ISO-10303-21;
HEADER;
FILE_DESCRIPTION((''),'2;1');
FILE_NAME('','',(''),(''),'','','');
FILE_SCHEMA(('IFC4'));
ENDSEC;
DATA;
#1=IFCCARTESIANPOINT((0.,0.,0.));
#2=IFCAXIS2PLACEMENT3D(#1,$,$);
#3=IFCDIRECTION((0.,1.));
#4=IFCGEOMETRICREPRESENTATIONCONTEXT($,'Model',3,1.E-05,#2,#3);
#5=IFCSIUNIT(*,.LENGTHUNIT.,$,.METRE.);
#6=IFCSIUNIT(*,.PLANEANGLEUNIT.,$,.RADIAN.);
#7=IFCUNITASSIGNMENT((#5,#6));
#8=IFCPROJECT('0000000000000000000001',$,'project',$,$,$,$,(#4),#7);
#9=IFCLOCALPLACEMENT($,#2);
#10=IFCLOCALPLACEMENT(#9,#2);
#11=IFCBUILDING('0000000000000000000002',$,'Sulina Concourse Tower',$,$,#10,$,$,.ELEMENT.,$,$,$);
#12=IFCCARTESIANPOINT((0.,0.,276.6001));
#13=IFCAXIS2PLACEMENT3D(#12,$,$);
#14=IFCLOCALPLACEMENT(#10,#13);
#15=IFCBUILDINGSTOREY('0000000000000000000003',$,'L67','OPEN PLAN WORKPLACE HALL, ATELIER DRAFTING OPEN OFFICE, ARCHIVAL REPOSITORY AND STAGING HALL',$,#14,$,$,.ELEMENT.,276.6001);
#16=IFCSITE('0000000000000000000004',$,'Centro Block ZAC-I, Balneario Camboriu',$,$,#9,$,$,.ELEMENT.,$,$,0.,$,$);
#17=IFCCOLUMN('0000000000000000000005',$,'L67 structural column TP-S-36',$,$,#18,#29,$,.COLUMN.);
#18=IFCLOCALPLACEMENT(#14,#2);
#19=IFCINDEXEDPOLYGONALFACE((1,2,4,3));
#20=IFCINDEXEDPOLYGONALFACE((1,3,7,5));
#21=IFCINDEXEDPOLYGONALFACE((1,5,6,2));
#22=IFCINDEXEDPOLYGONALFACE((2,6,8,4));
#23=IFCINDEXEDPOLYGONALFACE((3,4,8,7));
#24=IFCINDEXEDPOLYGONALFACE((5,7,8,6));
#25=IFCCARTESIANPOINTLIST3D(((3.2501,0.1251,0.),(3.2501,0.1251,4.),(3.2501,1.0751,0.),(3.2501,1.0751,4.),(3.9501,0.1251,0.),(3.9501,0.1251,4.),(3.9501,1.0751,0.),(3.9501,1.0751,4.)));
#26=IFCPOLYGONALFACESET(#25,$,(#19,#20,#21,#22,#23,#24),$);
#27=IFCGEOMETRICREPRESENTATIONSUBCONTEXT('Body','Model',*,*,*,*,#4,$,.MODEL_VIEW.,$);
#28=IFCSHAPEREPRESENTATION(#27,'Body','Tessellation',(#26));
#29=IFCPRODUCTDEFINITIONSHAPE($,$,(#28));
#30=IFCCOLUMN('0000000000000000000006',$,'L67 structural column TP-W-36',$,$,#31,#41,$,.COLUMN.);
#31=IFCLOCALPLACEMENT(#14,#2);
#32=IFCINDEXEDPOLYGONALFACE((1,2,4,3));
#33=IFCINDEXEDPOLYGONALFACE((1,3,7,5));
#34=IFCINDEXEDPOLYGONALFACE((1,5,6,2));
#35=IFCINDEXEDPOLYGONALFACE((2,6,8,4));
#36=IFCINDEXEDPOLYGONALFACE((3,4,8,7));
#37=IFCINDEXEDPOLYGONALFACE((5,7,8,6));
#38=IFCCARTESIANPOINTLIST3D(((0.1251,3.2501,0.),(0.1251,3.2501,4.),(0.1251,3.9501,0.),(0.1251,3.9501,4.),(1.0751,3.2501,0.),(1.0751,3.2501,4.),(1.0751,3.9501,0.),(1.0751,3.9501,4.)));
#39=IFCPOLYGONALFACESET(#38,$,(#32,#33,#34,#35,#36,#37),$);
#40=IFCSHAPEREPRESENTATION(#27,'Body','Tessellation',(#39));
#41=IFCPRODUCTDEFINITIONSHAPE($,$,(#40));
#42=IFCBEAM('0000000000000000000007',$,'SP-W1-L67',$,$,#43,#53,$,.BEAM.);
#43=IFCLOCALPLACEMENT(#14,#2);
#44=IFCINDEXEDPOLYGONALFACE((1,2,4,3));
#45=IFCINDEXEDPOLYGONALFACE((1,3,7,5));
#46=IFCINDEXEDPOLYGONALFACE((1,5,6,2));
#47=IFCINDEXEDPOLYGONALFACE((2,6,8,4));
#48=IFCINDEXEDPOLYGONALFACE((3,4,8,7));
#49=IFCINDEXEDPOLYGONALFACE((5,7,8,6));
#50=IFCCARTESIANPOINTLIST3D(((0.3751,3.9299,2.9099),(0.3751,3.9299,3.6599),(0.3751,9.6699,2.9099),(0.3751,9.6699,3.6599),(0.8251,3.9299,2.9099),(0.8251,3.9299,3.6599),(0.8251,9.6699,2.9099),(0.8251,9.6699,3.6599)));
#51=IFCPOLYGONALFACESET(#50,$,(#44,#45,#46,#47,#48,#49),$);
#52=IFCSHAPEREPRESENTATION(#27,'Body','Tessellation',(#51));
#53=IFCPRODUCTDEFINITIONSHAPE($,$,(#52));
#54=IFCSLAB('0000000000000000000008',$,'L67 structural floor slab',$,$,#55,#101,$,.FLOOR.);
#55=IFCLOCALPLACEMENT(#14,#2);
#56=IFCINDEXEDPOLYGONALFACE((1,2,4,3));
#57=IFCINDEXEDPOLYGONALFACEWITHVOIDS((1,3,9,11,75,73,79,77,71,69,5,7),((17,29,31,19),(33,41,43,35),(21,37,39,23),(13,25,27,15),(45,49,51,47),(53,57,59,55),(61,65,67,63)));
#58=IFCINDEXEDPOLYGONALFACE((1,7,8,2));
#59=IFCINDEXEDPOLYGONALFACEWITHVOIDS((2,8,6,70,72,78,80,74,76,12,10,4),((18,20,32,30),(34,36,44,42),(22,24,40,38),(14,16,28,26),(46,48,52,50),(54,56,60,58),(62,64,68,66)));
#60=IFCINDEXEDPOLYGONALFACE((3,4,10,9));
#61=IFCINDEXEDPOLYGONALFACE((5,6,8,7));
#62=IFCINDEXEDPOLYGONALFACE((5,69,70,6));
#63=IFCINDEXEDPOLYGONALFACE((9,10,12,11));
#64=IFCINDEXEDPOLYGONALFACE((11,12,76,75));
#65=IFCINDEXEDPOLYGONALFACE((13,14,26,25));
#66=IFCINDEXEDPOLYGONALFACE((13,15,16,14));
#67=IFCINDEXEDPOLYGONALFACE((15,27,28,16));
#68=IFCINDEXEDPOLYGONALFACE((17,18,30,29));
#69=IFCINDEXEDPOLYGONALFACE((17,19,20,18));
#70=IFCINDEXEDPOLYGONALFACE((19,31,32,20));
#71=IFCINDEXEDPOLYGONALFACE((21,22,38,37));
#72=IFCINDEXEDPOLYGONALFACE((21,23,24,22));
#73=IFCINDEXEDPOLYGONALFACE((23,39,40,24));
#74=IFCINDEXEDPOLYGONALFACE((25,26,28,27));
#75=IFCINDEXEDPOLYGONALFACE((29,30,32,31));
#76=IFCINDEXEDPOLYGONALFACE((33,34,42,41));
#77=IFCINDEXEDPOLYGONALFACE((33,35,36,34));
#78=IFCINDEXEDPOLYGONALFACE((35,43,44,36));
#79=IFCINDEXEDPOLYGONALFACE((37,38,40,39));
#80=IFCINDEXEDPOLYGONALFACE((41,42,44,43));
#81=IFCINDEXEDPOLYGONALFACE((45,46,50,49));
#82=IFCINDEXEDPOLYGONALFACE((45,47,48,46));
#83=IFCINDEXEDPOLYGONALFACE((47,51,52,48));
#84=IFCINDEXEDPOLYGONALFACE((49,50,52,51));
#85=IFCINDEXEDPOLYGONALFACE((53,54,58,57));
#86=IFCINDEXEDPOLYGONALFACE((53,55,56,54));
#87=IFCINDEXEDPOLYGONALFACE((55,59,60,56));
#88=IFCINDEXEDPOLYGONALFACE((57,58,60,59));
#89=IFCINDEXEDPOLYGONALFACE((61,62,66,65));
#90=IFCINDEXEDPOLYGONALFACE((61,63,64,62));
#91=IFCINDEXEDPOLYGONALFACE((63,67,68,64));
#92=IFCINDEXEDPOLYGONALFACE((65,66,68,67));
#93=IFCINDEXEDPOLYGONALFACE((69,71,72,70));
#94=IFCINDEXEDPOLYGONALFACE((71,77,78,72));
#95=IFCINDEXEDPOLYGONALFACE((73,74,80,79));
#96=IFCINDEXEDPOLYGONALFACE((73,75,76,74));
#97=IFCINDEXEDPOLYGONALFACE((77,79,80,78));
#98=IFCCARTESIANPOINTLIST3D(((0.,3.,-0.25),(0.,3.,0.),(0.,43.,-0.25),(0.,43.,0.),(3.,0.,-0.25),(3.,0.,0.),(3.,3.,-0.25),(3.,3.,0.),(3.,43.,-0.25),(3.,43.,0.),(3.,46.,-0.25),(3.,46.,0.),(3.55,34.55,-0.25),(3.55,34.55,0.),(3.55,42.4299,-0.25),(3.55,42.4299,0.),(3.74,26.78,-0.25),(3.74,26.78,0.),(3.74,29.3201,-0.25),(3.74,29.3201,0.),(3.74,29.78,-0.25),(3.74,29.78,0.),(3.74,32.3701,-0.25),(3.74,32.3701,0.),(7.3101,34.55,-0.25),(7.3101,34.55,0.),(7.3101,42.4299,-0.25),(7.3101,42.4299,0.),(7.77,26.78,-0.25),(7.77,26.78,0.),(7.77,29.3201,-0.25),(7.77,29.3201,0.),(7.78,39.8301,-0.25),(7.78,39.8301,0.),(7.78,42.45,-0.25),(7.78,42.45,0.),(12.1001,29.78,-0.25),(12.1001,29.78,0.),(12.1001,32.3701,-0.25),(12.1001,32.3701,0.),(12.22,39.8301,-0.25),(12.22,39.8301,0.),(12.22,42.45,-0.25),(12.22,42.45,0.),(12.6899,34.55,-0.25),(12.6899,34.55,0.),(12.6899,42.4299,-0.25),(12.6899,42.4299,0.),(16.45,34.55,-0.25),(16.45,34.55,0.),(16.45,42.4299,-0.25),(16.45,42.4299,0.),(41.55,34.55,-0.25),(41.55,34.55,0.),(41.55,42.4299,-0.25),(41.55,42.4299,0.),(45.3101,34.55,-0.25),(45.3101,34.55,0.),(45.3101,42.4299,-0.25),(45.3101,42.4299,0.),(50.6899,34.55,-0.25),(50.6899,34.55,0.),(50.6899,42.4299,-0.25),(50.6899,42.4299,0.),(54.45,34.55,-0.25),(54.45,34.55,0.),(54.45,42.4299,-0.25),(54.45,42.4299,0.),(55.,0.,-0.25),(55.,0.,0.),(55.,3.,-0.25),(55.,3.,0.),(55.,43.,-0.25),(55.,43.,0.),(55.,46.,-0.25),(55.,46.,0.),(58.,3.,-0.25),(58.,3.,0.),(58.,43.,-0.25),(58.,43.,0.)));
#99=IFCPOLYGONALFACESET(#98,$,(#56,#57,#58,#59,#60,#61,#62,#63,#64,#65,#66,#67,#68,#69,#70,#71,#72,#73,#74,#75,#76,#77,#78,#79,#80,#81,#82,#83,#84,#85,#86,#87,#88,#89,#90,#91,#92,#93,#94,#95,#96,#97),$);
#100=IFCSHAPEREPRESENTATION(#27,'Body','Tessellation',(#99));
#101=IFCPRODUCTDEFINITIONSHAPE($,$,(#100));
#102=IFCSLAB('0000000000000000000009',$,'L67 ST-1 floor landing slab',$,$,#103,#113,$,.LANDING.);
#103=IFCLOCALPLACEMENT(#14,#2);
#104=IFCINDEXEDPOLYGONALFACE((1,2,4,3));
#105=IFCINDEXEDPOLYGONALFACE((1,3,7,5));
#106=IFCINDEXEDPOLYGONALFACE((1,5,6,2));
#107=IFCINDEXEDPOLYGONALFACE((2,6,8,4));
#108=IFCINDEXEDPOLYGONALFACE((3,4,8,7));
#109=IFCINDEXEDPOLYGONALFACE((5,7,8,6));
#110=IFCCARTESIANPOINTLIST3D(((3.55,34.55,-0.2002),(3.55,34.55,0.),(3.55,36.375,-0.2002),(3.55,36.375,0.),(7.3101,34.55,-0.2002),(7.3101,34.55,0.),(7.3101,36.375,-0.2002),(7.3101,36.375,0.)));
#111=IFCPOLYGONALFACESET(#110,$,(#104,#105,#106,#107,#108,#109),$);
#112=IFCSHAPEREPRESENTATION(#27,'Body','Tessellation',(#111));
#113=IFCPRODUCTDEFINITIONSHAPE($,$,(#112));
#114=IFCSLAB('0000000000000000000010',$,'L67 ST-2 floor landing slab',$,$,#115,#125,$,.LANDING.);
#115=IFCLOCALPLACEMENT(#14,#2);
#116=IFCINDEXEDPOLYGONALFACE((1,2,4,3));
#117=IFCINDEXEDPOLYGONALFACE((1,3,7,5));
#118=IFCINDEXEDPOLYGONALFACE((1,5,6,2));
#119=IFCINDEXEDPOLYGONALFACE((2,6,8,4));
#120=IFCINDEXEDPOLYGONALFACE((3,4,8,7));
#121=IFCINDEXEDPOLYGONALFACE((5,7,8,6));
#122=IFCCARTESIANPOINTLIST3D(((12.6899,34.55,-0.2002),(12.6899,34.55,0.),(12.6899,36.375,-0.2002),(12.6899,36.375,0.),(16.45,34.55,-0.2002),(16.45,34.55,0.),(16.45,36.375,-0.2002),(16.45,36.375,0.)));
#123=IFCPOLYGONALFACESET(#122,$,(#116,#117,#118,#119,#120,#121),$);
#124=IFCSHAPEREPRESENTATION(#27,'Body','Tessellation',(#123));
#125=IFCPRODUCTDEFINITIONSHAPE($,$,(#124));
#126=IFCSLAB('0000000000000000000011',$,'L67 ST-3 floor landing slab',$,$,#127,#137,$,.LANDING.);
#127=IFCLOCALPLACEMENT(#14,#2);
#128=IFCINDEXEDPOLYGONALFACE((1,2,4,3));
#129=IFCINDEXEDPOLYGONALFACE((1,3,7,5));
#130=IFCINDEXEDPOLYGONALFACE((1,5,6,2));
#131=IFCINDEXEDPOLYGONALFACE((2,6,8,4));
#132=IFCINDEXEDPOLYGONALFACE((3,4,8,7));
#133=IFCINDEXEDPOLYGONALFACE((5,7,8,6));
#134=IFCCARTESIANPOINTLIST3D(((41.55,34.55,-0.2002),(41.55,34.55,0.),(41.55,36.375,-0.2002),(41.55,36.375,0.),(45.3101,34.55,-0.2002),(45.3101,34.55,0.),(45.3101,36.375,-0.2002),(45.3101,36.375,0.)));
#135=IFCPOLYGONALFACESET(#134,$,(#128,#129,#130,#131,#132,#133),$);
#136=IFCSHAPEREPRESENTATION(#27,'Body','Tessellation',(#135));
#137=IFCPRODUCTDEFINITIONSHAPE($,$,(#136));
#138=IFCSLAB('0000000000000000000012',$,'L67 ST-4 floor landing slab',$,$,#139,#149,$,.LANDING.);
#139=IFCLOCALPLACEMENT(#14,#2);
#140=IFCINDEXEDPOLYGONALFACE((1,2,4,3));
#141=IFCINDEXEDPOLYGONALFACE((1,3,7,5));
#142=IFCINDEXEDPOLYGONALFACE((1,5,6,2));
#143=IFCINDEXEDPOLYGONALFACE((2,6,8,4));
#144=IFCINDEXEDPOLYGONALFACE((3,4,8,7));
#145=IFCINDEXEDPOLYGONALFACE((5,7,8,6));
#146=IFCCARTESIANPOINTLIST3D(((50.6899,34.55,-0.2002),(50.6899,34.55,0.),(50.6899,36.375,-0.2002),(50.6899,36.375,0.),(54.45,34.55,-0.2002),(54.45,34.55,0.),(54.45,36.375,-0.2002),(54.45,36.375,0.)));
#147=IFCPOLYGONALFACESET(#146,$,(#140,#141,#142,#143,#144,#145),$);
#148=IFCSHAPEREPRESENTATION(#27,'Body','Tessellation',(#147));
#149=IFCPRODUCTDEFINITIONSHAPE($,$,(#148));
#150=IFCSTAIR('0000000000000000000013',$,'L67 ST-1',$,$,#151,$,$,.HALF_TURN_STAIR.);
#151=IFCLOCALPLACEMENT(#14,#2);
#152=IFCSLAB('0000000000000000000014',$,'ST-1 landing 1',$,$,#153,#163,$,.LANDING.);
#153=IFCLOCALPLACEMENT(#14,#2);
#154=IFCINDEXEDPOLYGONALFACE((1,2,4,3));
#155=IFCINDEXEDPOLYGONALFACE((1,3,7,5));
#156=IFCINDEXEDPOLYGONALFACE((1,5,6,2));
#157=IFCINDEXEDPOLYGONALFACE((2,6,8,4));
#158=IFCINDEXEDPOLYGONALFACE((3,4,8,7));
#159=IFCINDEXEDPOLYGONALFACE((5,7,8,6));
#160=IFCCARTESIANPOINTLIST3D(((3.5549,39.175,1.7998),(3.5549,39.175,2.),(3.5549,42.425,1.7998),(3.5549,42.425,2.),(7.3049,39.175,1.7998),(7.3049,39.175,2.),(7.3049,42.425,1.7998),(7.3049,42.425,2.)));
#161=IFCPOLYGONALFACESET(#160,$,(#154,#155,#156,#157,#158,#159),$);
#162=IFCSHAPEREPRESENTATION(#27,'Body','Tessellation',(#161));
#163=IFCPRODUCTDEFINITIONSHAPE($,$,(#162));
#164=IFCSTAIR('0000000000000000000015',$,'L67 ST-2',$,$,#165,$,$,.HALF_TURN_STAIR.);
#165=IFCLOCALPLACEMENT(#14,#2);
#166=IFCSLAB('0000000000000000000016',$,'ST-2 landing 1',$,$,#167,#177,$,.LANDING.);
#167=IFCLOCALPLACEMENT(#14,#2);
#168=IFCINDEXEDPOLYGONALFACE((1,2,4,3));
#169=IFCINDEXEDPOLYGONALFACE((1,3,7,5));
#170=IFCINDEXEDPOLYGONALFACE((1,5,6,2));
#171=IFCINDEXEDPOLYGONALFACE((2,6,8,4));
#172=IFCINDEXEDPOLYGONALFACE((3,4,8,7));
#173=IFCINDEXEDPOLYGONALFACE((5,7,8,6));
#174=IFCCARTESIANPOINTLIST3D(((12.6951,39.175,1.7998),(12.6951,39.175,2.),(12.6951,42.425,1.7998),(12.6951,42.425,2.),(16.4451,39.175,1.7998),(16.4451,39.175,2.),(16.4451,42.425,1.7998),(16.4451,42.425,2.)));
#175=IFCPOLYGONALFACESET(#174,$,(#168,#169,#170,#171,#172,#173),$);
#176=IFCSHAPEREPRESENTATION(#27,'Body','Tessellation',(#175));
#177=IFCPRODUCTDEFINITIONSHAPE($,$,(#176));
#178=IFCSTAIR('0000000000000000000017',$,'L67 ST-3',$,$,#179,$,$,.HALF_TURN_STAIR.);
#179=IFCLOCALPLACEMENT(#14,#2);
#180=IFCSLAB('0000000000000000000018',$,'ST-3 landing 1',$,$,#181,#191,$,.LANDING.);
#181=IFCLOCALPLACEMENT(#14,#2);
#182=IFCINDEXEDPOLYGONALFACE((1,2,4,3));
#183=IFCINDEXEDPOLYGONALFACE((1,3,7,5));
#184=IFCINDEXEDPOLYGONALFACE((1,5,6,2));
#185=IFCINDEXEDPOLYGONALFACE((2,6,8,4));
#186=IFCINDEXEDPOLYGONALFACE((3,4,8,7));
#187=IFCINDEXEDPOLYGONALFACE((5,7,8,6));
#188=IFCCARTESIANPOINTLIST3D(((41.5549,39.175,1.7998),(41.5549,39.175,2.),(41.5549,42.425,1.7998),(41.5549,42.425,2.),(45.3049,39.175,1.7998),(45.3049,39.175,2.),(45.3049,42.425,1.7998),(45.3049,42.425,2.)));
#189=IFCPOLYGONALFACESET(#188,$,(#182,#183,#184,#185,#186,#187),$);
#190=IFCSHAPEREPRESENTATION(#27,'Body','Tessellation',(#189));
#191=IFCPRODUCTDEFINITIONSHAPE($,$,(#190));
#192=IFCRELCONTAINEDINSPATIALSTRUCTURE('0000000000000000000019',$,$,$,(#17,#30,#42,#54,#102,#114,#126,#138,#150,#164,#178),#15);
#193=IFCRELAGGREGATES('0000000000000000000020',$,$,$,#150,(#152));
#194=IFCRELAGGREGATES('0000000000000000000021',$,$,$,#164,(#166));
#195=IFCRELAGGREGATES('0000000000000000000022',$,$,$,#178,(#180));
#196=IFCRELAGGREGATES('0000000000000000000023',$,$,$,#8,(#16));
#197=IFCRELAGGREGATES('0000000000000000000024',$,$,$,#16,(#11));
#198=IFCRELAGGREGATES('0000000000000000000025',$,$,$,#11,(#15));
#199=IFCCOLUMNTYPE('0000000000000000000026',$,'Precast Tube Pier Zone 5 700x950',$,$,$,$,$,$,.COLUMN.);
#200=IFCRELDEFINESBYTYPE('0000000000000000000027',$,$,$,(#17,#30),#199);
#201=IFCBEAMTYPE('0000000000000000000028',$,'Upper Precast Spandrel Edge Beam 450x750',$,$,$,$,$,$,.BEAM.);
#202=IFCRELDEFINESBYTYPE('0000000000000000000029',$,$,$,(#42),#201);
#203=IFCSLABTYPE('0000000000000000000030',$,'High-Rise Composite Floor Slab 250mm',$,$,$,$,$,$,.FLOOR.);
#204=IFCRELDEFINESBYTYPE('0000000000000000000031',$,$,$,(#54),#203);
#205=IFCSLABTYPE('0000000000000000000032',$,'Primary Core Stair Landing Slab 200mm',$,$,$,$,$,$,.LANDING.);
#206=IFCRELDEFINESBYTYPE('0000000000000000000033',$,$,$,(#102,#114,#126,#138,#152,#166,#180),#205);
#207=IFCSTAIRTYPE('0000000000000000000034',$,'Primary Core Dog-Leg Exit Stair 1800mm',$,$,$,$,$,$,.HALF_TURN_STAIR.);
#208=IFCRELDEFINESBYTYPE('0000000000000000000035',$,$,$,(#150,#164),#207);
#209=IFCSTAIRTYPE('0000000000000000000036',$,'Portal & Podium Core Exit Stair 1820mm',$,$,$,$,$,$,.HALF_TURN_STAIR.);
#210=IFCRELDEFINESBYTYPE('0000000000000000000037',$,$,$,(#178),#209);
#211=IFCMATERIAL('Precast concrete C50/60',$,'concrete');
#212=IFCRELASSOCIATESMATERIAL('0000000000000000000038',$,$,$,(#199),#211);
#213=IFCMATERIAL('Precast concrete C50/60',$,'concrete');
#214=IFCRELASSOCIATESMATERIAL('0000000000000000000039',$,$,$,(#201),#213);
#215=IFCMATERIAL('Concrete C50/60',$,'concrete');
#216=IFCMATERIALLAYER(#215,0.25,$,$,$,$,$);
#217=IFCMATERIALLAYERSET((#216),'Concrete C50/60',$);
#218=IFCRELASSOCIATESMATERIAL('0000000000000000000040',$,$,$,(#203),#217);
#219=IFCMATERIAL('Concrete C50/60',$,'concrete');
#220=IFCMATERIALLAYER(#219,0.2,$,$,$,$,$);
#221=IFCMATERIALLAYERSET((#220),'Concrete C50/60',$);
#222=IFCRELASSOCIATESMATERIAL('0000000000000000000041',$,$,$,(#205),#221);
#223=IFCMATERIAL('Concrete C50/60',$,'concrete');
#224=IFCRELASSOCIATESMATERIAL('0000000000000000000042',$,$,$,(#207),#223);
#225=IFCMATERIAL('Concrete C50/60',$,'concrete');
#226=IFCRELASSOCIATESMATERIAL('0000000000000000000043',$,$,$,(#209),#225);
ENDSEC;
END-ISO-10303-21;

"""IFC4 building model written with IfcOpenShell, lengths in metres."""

from ifc_helpers import new_model, si_unit, direction, frame, origin, origin_2d, place, context, subcontext, project, spatial, polyline, rectangle, outline, extrude, material, layer, layer_set, material_profile, profile_set, type_object, element, aggregate, save


model = new_model("IFC4")

# Units and contexts
model_context = context("Model", 3, precision=1e-05, world=origin(), true_north=direction((0.0, 1.0)))
body_context = subcontext(model_context, "Body", "Model", "MODEL_VIEW")
ifc_project = project(units=[si_unit("LENGTHUNIT", "METRE"), si_unit("PLANEANGLEUNIT", "RADIAN")], contexts=[model_context])

# Site, building, storey
site_placement = place(None, origin())
site = spatial("IfcSite", under=ifc_project, at=site_placement, Name="Centro Block ZAC-I, Balneario Camboriu", CompositionType="ELEMENT", RefElevation=0.0)
building_placement = place(site_placement, origin())
building = spatial("IfcBuilding", under=site, at=building_placement, Name="Sulina Concourse Tower", CompositionType="ELEMENT")
storey_placement = place(building_placement, frame((0.0, 0.0, 276.6001)))
storey = spatial("IfcBuildingStorey", under=building, at=storey_placement, Name="L67", Description="OPEN PLAN WORKPLACE HALL, ATELIER DRAFTING OPEN OFFICE, ARCHIVAL REPOSITORY AND STAGING HALL", CompositionType="ELEMENT", Elevation=276.6001)

# Columns
ifc_material_1 = material(Name="Precast concrete C50/60", Category="concrete")
ifc_material_profile_1 = material_profile(ifc_material_1, rectangle(XDim=0.7, YDim=0.95, at=origin_2d()), Name="PC 700x950")
ifc_profile_set_1 = profile_set([ifc_material_profile_1], Name="Precast concrete C50/60")
column_type = type_object("IfcColumnType", Name="Precast Tube Pier Zone 5 700x950", PredefinedType="COLUMN", material=ifc_profile_set_1)
for number, where, z_axis, x_axis, name in (
    (1, (3.6001, 0.6001, 0.0), (0.0, 0.0, 1.0), (1.0, 0.0, 0.0), "L67 structural column TP-S-36"),
    (2, (0.6001, 3.6001, 0.0), (0.0, 0.0, 1.0), (0.0, 1.0, 0.0), "L67 structural column TP-W-36"),
):
    element("IfcColumn", number, at=place(storey_placement, frame(where, z_axis=z_axis, x_axis=x_axis)), inside=storey, type_object=column_type, Name=name, PredefinedType="COLUMN", context=body_context, shape_type="SweptSolid", body=[
        extrude(rectangle(XDim=0.7, YDim=0.95, at=origin_2d()), origin(), (0.0, 0.0, 1.0), 4.0),
    ])

# Beam
ifc_material_2 = material(Name="Precast concrete C50/60", Category="concrete")
ifc_material_profile_2 = material_profile(ifc_material_2, rectangle(XDim=0.45, YDim=0.75, at=origin_2d()), Name="RC 450x750")
ifc_profile_set_2 = profile_set([ifc_material_profile_2], Name="Precast concrete C50/60")
beam_type = type_object("IfcBeamType", Name="Upper Precast Spandrel Edge Beam 450x750", PredefinedType="BEAM", material=ifc_profile_set_2)
beam_placement = place(storey_placement, frame((0.6001, 3.9299, 3.2849), z_axis=(0.0, 1.0, 0.0), x_axis=(-1.0, 0.0, 0.0)))
element("IfcBeam", 3, at=beam_placement, inside=storey, type_object=beam_type, Name="SP-W1-L67", PredefinedType="BEAM", context=body_context, shape_type="SweptSolid", body=[
    extrude(rectangle(XDim=0.45, YDim=0.75, at=origin_2d()), origin(), (0.0, 0.0, 1.0), 5.74),
])

# Slabs
ifc_material_3 = material(Name="Concrete C50/60", Category="concrete")
ifc_layer_1 = layer(ifc_material_3, 0.25)
ifc_layer_set_1 = layer_set([ifc_layer_1], Name="Concrete C50/60")
slab_type_1 = type_object("IfcSlabType", Name="High-Rise Composite Floor Slab 250mm", PredefinedType="FLOOR", material=ifc_layer_set_1)
slab_1_placement = place(storey_placement, frame((0.0, 0.0, -0.25)))
element("IfcSlab", 4, at=slab_1_placement, inside=storey, type_object=slab_type_1, Name="L67 structural floor slab", PredefinedType="FLOOR", context=body_context, shape_type="SweptSolid", body=[
    extrude(outline(polyline([(3.0, 0.0), (55.0, 0.0), (55.0, 3.0), (58.0, 3.0), (58.0, 43.0), (55.0, 43.0), (55.0, 46.0), (3.0, 46.0), (3.0, 43.0), (0.0, 43.0), (0.0, 3.0), (3.0, 3.0), (3.0, 0.0)]), holes=[polyline([(7.3101, 34.55), (7.3101, 42.4299), (3.55, 42.4299), (3.55, 34.55), (7.3101, 34.55)]), polyline([(16.45, 34.55), (16.45, 42.4299), (12.6899, 42.4299), (12.6899, 34.55), (16.45, 34.55)]), polyline([(45.3101, 34.55), (45.3101, 42.4299), (41.55, 42.4299), (41.55, 34.55), (45.3101, 34.55)]), polyline([(54.45, 34.55), (54.45, 42.4299), (50.6899, 42.4299), (50.6899, 34.55), (54.45, 34.55)]), polyline([(7.78, 39.8301), (12.22, 39.8301), (12.22, 42.45), (7.78, 42.45), (7.78, 39.8301)]), polyline([(3.74, 26.78), (7.77, 26.78), (7.77, 29.3201), (3.74, 29.3201), (3.74, 26.78)]), polyline([(3.74, 29.78), (12.1001, 29.78), (12.1001, 32.3701), (3.74, 32.3701), (3.74, 29.78)])]), origin(), (0.0, 0.0, 1.0), 0.25),
])
ifc_material_4 = material(Name="Concrete C50/60", Category="concrete")
ifc_layer_2 = layer(ifc_material_4, 0.2)
ifc_layer_set_2 = layer_set([ifc_layer_2], Name="Concrete C50/60")
slab_type_2 = type_object("IfcSlabType", Name="Primary Core Stair Landing Slab 200mm", PredefinedType="LANDING", material=ifc_layer_set_2)
slab_2_placement = place(storey_placement, frame((0.0, 0.0, -0.2002)))
element("IfcSlab", 5, at=slab_2_placement, inside=storey, type_object=slab_type_2, Name="L67 ST-1 floor landing slab", PredefinedType="LANDING", context=body_context, shape_type="SweptSolid", body=[
    extrude(outline(polyline([(7.3101, 34.55), (7.3101, 36.375), (3.55, 36.375), (3.55, 34.55), (7.3101, 34.55)])), origin(), (0.0, 0.0, 1.0), 0.2002),
])
slab_3_placement = place(storey_placement, frame((0.0, 0.0, -0.2002)))
element("IfcSlab", 6, at=slab_3_placement, inside=storey, type_object=slab_type_2, Name="L67 ST-2 floor landing slab", PredefinedType="LANDING", context=body_context, shape_type="SweptSolid", body=[
    extrude(outline(polyline([(16.45, 34.55), (16.45, 36.375), (12.6899, 36.375), (12.6899, 34.55), (16.45, 34.55)])), origin(), (0.0, 0.0, 1.0), 0.2002),
])
slab_4_placement = place(storey_placement, frame((0.0, 0.0, -0.2002)))
element("IfcSlab", 7, at=slab_4_placement, inside=storey, type_object=slab_type_2, Name="L67 ST-3 floor landing slab", PredefinedType="LANDING", context=body_context, shape_type="SweptSolid", body=[
    extrude(outline(polyline([(45.3101, 34.55), (45.3101, 36.375), (41.55, 36.375), (41.55, 34.55), (45.3101, 34.55)])), origin(), (0.0, 0.0, 1.0), 0.2002),
])
slab_5_placement = place(storey_placement, frame((0.0, 0.0, -0.2002)))
element("IfcSlab", 8, at=slab_5_placement, inside=storey, type_object=slab_type_2, Name="L67 ST-4 floor landing slab", PredefinedType="LANDING", context=body_context, shape_type="SweptSolid", body=[
    extrude(outline(polyline([(54.45, 34.55), (54.45, 36.375), (50.6899, 36.375), (50.6899, 34.55), (54.45, 34.55)])), origin(), (0.0, 0.0, 1.0), 0.2002),
])

# Stairs, slabs
ifc_material_5 = material(Name="Concrete C50/60", Category="concrete")
stair_type_1 = type_object("IfcStairType", Name="Primary Core Dog-Leg Exit Stair 1800mm", PredefinedType="HALF_TURN_STAIR", material=ifc_material_5)
stair_1_placement = place(storey_placement, origin())
stair_1 = element("IfcStair", 9, at=stair_1_placement, inside=storey, type_object=stair_type_1, Name="L67 ST-1", PredefinedType="HALF_TURN_STAIR")
slab_6_placement = place(storey_placement, frame((0.0, 0.0, 1.7998)))
slab_6 = element("IfcSlab", 10, at=slab_6_placement, type_object=slab_type_2, Name="ST-1 landing 1", PredefinedType="LANDING", context=body_context, shape_type="SweptSolid", body=[
    extrude(outline(polyline([(7.3049, 39.175), (7.3049, 42.425), (3.5549, 42.425), (3.5549, 39.175), (7.3049, 39.175)])), origin(), (0.0, 0.0, 1.0), 0.2002),
])
aggregate(stair_1, [slab_6])
stair_2_placement = place(storey_placement, origin())
stair_2 = element("IfcStair", 11, at=stair_2_placement, inside=storey, type_object=stair_type_1, Name="L67 ST-2", PredefinedType="HALF_TURN_STAIR")
slab_7_placement = place(storey_placement, frame((0.0, 0.0, 1.7998)))
slab_7 = element("IfcSlab", 12, at=slab_7_placement, type_object=slab_type_2, Name="ST-2 landing 1", PredefinedType="LANDING", context=body_context, shape_type="SweptSolid", body=[
    extrude(outline(polyline([(16.4451, 39.175), (16.4451, 42.425), (12.6951, 42.425), (12.6951, 39.175), (16.4451, 39.175)])), origin(), (0.0, 0.0, 1.0), 0.2002),
])
aggregate(stair_2, [slab_7])
ifc_material_6 = material(Name="Concrete C50/60", Category="concrete")
stair_type_2 = type_object("IfcStairType", Name="Portal & Podium Core Exit Stair 1820mm", PredefinedType="HALF_TURN_STAIR", material=ifc_material_6)
stair_3_placement = place(storey_placement, origin())
stair_3 = element("IfcStair", 13, at=stair_3_placement, inside=storey, type_object=stair_type_2, Name="L67 ST-3", PredefinedType="HALF_TURN_STAIR")
slab_8_placement = place(storey_placement, frame((0.0, 0.0, 1.7998)))
slab_8 = element("IfcSlab", 14, at=slab_8_placement, type_object=slab_type_2, Name="ST-3 landing 1", PredefinedType="LANDING", context=body_context, shape_type="SweptSolid", body=[
    extrude(outline(polyline([(45.3049, 39.175), (45.3049, 42.425), (41.5549, 42.425), (41.5549, 39.175), (45.3049, 39.175)])), origin(), (0.0, 0.0, 1.0), 0.2002),
])
aggregate(stair_3, [slab_8])

save(model, "model.ifc")
